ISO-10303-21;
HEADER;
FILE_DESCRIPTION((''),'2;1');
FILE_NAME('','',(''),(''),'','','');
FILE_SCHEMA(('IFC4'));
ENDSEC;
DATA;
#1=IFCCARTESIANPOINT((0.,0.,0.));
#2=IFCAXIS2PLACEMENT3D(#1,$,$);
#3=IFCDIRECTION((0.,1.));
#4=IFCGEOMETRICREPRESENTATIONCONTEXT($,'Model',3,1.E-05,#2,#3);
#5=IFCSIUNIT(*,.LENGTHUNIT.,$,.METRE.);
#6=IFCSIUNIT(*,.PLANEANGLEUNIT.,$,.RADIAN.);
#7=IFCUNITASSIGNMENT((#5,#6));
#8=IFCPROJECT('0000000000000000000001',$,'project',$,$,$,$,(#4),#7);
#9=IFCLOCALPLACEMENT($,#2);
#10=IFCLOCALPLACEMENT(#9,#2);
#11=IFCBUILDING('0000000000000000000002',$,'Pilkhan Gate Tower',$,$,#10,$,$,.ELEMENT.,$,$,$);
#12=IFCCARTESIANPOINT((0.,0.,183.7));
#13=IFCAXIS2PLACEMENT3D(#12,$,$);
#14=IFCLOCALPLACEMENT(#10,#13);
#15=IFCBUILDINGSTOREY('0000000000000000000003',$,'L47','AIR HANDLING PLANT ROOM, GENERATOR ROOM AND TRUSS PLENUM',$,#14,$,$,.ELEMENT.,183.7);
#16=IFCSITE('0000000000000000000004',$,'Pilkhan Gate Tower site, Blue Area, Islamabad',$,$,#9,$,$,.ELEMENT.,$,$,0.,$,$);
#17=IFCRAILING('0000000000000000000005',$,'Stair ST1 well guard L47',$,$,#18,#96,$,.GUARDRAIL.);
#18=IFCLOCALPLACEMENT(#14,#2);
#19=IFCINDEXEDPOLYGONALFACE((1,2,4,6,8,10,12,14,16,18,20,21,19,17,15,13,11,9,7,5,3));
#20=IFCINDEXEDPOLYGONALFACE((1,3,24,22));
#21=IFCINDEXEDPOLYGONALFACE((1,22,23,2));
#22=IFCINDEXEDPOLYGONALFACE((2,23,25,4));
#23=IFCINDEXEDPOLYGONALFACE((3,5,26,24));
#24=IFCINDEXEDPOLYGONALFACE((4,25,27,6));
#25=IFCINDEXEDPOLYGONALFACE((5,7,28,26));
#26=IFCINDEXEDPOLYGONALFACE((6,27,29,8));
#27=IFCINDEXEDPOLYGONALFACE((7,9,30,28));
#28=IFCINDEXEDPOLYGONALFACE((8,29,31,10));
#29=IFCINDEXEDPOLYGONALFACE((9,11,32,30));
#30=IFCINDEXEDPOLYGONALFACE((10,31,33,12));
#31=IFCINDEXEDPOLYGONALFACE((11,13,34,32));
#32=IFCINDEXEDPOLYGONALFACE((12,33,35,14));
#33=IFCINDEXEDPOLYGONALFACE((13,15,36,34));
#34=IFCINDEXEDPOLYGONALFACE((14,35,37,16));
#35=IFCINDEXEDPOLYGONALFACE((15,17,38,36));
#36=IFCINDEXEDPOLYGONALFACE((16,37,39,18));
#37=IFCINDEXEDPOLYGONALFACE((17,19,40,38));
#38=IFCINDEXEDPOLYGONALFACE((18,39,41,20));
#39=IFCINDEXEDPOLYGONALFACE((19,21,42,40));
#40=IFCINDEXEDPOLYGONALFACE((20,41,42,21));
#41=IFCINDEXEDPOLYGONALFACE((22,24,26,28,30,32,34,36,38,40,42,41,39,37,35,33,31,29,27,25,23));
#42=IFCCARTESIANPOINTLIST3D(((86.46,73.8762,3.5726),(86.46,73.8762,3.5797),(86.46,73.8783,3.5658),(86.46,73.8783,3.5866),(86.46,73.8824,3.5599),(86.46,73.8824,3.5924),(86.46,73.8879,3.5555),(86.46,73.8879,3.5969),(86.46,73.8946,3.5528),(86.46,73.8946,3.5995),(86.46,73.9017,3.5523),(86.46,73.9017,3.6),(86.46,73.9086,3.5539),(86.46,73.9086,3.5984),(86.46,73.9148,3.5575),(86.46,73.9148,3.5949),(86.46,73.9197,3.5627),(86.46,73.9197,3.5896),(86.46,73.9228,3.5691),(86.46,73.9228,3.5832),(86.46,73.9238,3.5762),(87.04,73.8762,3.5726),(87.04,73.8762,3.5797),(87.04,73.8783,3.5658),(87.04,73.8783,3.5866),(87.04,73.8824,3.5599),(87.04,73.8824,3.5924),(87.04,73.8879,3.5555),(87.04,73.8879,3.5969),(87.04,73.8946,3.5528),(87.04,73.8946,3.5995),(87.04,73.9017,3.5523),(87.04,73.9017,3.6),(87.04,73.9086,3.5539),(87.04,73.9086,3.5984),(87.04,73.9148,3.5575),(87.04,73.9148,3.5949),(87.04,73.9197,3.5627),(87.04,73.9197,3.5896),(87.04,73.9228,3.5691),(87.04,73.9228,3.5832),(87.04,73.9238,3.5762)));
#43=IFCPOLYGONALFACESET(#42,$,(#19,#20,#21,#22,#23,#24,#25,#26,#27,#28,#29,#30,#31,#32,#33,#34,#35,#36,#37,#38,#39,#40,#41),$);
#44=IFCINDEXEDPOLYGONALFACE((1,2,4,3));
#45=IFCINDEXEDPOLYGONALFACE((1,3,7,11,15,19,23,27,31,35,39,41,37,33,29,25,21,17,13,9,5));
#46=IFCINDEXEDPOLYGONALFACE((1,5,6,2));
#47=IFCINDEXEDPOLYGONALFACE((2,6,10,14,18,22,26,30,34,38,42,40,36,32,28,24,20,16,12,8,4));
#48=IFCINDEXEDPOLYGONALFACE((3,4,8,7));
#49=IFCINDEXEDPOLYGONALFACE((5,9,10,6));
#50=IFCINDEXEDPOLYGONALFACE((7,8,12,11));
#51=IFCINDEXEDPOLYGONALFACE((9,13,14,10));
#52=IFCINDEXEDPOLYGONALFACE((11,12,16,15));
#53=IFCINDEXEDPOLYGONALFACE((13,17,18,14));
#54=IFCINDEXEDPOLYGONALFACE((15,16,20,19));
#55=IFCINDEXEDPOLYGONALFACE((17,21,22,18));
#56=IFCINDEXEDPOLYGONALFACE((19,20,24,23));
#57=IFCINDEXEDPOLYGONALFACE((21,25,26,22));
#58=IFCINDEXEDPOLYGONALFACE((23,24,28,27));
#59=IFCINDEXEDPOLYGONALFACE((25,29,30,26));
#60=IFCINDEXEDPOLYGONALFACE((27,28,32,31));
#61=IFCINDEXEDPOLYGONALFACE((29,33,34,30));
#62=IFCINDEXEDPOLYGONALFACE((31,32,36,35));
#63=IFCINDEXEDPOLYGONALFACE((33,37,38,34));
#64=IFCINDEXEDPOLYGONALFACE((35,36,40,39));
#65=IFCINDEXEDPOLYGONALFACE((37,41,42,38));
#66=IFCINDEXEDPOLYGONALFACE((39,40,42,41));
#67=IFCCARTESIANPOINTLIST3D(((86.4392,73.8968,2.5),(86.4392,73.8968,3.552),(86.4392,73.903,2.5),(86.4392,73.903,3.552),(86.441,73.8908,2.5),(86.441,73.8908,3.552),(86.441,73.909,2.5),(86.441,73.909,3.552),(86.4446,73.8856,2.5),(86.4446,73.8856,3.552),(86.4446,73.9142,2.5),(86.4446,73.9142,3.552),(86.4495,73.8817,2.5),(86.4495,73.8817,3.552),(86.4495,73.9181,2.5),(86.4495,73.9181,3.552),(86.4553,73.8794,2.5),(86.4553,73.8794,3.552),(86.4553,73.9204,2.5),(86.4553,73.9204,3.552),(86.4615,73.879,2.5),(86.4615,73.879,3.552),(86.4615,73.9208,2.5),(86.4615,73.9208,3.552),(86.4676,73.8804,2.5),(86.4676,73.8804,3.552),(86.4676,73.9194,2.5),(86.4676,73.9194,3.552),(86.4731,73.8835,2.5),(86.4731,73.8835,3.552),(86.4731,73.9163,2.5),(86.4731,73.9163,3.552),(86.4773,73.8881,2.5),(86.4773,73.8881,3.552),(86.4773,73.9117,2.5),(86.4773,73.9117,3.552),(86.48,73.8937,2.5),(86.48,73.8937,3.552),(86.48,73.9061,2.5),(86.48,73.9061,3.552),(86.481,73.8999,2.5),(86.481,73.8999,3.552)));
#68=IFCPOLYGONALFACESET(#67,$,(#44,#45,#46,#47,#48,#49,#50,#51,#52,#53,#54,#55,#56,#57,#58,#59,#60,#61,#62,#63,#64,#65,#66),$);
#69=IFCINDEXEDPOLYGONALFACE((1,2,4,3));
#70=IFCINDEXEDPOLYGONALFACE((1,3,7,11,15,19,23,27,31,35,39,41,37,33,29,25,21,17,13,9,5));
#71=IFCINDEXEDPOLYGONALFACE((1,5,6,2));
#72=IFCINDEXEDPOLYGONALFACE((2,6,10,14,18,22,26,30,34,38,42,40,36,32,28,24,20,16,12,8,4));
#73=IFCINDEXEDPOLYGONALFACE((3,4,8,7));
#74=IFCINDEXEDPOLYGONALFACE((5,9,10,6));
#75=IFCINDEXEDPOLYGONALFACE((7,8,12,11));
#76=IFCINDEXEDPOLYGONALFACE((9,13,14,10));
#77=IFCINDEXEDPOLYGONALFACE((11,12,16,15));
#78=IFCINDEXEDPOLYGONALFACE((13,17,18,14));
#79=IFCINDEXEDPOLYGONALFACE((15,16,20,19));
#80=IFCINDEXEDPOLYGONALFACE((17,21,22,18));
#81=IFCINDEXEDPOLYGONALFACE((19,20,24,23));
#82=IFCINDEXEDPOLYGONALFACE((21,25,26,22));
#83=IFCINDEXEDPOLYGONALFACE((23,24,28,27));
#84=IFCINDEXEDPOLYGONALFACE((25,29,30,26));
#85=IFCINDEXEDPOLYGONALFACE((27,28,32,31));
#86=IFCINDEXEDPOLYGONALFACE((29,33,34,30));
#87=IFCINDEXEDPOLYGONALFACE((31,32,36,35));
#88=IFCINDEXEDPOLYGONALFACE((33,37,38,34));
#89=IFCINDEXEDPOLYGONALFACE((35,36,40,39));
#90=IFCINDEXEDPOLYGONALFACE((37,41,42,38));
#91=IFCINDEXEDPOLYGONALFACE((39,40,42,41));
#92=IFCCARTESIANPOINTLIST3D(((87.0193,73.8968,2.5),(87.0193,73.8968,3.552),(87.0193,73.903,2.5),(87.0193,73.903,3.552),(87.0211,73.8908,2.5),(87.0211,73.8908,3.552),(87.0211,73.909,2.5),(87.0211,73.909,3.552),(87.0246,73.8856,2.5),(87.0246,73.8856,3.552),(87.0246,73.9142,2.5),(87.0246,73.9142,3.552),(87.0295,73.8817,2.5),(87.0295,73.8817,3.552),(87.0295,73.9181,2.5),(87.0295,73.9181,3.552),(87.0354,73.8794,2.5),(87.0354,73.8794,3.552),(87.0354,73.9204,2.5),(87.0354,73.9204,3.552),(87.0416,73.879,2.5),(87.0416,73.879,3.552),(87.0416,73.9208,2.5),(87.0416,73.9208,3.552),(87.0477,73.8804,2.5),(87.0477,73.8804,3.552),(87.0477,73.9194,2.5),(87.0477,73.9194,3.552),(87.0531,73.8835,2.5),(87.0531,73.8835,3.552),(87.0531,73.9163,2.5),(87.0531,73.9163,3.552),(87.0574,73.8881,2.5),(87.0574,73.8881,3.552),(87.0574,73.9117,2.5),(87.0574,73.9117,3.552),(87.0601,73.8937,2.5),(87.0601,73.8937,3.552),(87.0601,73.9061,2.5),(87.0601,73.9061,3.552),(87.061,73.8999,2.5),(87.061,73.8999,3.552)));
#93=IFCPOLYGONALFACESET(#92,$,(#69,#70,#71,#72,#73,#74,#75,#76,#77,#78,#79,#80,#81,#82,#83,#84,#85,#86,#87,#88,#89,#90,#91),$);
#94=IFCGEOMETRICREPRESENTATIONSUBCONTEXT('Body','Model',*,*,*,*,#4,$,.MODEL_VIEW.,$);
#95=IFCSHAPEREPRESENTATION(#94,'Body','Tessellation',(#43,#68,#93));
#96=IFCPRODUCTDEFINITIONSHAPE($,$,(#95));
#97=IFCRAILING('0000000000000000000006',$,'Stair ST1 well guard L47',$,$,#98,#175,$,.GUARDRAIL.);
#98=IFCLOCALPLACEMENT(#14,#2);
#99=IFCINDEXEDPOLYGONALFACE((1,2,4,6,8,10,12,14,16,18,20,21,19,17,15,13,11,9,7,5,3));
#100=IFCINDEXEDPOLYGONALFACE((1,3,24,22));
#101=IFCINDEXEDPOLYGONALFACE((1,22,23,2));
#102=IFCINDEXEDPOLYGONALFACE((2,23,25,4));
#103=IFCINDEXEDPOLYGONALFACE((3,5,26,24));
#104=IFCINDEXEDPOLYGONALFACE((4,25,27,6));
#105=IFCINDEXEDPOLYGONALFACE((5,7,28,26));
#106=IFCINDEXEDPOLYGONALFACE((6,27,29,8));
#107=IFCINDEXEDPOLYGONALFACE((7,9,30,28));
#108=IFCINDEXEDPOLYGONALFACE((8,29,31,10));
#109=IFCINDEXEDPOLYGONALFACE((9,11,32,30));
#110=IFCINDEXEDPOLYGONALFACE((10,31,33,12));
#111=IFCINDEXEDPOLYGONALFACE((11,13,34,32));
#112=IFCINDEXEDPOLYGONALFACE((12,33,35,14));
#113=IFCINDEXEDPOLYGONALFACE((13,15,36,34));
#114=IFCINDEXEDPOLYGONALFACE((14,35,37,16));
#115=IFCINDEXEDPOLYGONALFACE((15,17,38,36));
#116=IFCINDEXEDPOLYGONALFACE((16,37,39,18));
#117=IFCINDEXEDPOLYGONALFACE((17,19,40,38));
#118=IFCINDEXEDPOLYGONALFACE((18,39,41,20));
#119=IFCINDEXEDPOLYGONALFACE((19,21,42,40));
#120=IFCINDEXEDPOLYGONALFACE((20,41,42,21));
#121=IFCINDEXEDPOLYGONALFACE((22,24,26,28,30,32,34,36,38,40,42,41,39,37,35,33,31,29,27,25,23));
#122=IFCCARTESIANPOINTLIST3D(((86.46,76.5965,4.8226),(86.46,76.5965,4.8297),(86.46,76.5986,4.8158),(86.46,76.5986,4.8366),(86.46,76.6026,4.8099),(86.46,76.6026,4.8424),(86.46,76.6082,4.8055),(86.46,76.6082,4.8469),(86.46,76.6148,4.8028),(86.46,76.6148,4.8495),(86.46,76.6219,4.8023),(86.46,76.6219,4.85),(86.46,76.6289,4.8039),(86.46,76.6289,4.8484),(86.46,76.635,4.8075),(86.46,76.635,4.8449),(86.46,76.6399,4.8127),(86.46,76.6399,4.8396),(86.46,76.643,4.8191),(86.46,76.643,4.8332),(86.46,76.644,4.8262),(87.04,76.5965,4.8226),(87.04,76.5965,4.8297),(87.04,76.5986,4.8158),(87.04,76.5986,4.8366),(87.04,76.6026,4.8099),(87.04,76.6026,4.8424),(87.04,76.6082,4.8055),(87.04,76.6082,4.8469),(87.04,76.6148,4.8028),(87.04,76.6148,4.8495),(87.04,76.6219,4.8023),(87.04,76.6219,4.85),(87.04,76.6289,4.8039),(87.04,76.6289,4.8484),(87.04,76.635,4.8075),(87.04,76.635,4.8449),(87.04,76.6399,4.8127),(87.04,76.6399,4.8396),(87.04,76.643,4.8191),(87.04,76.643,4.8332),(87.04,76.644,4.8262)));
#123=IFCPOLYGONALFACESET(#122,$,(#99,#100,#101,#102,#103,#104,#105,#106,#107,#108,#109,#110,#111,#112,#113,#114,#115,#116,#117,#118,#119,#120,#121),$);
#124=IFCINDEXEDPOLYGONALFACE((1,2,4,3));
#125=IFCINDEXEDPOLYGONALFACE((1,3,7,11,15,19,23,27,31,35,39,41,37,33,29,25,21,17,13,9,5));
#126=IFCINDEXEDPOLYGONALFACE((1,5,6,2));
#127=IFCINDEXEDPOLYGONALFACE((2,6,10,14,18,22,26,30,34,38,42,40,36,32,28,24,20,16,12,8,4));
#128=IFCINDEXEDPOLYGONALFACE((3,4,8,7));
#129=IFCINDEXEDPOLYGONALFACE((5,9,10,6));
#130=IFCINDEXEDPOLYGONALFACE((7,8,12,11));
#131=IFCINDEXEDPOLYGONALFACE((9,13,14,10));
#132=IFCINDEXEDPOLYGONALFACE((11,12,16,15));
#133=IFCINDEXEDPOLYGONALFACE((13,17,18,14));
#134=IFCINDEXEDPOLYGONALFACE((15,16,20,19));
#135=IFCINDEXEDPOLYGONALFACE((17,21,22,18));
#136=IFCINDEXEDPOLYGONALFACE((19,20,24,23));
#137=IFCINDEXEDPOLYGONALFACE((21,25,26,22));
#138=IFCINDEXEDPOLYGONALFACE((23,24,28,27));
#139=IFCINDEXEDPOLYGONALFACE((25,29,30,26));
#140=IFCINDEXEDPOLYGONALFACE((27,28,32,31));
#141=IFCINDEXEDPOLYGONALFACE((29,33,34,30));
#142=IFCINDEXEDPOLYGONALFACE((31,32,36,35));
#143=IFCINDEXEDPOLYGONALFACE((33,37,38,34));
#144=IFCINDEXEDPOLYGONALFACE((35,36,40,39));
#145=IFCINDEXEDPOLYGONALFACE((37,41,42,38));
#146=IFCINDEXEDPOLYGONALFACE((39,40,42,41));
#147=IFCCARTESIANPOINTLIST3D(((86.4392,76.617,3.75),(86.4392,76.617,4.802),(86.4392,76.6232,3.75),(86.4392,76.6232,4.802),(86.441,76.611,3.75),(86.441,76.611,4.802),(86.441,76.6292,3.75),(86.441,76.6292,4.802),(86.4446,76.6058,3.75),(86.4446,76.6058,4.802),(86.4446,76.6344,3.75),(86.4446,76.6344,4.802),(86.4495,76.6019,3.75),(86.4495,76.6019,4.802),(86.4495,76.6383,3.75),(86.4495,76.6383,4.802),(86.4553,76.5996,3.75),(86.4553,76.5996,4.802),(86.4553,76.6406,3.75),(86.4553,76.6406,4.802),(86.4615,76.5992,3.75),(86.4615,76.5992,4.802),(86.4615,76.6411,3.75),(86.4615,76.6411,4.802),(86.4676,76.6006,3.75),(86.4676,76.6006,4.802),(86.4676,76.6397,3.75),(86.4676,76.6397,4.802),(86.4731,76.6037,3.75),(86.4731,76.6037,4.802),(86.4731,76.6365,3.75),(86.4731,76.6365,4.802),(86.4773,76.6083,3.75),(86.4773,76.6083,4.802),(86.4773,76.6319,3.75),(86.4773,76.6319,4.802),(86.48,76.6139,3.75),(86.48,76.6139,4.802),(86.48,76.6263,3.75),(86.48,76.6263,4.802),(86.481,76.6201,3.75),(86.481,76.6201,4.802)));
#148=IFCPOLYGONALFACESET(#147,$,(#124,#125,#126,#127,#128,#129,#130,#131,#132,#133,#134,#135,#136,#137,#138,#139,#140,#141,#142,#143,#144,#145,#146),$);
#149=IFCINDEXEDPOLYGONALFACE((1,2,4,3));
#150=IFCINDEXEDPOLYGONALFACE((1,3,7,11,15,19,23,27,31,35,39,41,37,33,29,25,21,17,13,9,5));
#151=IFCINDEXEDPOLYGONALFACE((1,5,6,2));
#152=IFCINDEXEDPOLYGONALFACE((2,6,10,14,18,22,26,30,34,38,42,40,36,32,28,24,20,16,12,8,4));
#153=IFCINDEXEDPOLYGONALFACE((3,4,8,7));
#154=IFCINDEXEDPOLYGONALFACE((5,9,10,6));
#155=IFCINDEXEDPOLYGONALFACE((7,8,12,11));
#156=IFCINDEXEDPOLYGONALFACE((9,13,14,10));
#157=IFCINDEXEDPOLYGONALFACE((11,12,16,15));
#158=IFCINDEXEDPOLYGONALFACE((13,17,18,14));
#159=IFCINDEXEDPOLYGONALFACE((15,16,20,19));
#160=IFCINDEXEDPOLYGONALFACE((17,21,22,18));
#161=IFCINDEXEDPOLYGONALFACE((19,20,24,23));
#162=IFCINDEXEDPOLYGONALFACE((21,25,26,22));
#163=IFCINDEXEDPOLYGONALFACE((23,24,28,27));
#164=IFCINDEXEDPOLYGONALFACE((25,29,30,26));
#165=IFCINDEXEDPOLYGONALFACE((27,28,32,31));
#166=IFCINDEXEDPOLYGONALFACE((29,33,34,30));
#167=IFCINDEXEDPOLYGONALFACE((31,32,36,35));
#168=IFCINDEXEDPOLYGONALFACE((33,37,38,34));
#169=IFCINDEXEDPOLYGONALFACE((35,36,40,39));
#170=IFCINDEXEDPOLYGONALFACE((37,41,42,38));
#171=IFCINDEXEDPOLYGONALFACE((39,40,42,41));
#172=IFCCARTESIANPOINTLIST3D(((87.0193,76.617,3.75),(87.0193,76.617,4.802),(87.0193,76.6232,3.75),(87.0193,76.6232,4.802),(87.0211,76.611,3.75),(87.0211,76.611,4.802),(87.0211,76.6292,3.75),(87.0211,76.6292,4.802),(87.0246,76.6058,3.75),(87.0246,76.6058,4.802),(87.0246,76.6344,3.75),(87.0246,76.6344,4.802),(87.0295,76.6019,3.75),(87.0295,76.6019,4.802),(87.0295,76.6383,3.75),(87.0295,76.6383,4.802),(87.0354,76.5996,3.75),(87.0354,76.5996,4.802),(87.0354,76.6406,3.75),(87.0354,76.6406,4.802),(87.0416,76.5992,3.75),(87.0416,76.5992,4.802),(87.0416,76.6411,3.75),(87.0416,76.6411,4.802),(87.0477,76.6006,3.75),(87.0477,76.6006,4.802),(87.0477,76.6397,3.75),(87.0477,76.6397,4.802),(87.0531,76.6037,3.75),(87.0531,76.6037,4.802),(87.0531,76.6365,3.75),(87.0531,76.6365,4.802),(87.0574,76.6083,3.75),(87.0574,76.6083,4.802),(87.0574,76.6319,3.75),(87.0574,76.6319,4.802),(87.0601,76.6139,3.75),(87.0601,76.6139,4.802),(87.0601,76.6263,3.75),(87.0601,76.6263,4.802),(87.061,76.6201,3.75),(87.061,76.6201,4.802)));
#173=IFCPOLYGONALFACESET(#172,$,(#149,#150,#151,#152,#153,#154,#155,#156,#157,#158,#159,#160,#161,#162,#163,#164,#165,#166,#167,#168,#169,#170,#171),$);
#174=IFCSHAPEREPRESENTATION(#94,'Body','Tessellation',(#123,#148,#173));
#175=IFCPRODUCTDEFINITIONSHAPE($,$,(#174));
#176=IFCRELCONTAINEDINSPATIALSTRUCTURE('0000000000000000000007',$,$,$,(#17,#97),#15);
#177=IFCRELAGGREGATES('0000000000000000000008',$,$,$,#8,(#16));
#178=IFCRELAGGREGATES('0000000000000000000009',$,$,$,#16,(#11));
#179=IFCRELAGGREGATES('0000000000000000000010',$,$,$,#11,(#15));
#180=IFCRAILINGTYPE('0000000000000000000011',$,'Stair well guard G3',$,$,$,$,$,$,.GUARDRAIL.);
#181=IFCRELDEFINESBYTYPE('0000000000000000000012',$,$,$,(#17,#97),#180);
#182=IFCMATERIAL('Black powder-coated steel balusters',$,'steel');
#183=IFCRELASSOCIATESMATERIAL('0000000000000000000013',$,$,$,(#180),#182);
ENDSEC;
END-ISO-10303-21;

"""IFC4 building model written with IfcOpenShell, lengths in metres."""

from ifc_helpers import new_model, si_unit, direction, frame, origin, origin_2d, place, context, subcontext, project, spatial, circle, extrude, material, type_object, element, save


model = new_model("IFC4")

# Units and contexts
model_context = context("Model", 3, precision=1e-05, world=origin(), true_north=direction((0.0, 1.0)))
body_context = subcontext(model_context, "Body", "Model", "MODEL_VIEW")
ifc_project = project(units=[si_unit("LENGTHUNIT", "METRE"), si_unit("PLANEANGLEUNIT", "RADIAN")], contexts=[model_context])

# Site, building, storey
site_placement = place(None, origin())
site = spatial("IfcSite", under=ifc_project, at=site_placement, Name="Pilkhan Gate Tower site, Blue Area, Islamabad", CompositionType="ELEMENT", RefElevation=0.0)
building_placement = place(site_placement, origin())
building = spatial("IfcBuilding", under=site, at=building_placement, Name="Pilkhan Gate Tower", CompositionType="ELEMENT")
storey_placement = place(building_placement, frame((0.0, 0.0, 183.7)))
storey = spatial("IfcBuildingStorey", under=building, at=storey_placement, Name="L47", Description="AIR HANDLING PLANT ROOM, GENERATOR ROOM AND TRUSS PLENUM", CompositionType="ELEMENT", Elevation=183.7)

# Railings
ifc_material_1 = material(Name="Black powder-coated steel balusters", Category="steel")
railing_type_1 = type_object("IfcRailingType", Name="Stair well guard G3", PredefinedType="GUARDRAIL", material=ifc_material_1)
for number, where, name in (
    (1, (86.46, 73.8999, 2.5), "Stair ST1 well guard L47"),
    (2, (86.46, 76.6201, 3.75), "Stair ST1 well guard L47"),
):
    element("IfcRailing", number, at=place(storey_placement, frame(where)), inside=storey, type_object=railing_type_1, Name=name, PredefinedType="GUARDRAIL", context=body_context, shape_type="SweptSolid", body=[
        extrude(circle(Radius=0.0239, at=origin_2d()), frame((0.0, 0.0, 1.0762), z_axis=(1.0, 0.0, 0.0), x_axis=(0.0, 1.0, 0.0)), (0.0, 0.0, 1.0), 0.5801),
        extrude(circle(Radius=0.021, at=origin_2d()), origin(), (0.0, 0.0, 1.0), 1.052),
        extrude(circle(Radius=0.021, at=origin_2d()), frame((0.5801, 0.0, 0.0)), (0.0, 0.0, 1.0), 1.052),
    ])

save(model, "model.ifc")
